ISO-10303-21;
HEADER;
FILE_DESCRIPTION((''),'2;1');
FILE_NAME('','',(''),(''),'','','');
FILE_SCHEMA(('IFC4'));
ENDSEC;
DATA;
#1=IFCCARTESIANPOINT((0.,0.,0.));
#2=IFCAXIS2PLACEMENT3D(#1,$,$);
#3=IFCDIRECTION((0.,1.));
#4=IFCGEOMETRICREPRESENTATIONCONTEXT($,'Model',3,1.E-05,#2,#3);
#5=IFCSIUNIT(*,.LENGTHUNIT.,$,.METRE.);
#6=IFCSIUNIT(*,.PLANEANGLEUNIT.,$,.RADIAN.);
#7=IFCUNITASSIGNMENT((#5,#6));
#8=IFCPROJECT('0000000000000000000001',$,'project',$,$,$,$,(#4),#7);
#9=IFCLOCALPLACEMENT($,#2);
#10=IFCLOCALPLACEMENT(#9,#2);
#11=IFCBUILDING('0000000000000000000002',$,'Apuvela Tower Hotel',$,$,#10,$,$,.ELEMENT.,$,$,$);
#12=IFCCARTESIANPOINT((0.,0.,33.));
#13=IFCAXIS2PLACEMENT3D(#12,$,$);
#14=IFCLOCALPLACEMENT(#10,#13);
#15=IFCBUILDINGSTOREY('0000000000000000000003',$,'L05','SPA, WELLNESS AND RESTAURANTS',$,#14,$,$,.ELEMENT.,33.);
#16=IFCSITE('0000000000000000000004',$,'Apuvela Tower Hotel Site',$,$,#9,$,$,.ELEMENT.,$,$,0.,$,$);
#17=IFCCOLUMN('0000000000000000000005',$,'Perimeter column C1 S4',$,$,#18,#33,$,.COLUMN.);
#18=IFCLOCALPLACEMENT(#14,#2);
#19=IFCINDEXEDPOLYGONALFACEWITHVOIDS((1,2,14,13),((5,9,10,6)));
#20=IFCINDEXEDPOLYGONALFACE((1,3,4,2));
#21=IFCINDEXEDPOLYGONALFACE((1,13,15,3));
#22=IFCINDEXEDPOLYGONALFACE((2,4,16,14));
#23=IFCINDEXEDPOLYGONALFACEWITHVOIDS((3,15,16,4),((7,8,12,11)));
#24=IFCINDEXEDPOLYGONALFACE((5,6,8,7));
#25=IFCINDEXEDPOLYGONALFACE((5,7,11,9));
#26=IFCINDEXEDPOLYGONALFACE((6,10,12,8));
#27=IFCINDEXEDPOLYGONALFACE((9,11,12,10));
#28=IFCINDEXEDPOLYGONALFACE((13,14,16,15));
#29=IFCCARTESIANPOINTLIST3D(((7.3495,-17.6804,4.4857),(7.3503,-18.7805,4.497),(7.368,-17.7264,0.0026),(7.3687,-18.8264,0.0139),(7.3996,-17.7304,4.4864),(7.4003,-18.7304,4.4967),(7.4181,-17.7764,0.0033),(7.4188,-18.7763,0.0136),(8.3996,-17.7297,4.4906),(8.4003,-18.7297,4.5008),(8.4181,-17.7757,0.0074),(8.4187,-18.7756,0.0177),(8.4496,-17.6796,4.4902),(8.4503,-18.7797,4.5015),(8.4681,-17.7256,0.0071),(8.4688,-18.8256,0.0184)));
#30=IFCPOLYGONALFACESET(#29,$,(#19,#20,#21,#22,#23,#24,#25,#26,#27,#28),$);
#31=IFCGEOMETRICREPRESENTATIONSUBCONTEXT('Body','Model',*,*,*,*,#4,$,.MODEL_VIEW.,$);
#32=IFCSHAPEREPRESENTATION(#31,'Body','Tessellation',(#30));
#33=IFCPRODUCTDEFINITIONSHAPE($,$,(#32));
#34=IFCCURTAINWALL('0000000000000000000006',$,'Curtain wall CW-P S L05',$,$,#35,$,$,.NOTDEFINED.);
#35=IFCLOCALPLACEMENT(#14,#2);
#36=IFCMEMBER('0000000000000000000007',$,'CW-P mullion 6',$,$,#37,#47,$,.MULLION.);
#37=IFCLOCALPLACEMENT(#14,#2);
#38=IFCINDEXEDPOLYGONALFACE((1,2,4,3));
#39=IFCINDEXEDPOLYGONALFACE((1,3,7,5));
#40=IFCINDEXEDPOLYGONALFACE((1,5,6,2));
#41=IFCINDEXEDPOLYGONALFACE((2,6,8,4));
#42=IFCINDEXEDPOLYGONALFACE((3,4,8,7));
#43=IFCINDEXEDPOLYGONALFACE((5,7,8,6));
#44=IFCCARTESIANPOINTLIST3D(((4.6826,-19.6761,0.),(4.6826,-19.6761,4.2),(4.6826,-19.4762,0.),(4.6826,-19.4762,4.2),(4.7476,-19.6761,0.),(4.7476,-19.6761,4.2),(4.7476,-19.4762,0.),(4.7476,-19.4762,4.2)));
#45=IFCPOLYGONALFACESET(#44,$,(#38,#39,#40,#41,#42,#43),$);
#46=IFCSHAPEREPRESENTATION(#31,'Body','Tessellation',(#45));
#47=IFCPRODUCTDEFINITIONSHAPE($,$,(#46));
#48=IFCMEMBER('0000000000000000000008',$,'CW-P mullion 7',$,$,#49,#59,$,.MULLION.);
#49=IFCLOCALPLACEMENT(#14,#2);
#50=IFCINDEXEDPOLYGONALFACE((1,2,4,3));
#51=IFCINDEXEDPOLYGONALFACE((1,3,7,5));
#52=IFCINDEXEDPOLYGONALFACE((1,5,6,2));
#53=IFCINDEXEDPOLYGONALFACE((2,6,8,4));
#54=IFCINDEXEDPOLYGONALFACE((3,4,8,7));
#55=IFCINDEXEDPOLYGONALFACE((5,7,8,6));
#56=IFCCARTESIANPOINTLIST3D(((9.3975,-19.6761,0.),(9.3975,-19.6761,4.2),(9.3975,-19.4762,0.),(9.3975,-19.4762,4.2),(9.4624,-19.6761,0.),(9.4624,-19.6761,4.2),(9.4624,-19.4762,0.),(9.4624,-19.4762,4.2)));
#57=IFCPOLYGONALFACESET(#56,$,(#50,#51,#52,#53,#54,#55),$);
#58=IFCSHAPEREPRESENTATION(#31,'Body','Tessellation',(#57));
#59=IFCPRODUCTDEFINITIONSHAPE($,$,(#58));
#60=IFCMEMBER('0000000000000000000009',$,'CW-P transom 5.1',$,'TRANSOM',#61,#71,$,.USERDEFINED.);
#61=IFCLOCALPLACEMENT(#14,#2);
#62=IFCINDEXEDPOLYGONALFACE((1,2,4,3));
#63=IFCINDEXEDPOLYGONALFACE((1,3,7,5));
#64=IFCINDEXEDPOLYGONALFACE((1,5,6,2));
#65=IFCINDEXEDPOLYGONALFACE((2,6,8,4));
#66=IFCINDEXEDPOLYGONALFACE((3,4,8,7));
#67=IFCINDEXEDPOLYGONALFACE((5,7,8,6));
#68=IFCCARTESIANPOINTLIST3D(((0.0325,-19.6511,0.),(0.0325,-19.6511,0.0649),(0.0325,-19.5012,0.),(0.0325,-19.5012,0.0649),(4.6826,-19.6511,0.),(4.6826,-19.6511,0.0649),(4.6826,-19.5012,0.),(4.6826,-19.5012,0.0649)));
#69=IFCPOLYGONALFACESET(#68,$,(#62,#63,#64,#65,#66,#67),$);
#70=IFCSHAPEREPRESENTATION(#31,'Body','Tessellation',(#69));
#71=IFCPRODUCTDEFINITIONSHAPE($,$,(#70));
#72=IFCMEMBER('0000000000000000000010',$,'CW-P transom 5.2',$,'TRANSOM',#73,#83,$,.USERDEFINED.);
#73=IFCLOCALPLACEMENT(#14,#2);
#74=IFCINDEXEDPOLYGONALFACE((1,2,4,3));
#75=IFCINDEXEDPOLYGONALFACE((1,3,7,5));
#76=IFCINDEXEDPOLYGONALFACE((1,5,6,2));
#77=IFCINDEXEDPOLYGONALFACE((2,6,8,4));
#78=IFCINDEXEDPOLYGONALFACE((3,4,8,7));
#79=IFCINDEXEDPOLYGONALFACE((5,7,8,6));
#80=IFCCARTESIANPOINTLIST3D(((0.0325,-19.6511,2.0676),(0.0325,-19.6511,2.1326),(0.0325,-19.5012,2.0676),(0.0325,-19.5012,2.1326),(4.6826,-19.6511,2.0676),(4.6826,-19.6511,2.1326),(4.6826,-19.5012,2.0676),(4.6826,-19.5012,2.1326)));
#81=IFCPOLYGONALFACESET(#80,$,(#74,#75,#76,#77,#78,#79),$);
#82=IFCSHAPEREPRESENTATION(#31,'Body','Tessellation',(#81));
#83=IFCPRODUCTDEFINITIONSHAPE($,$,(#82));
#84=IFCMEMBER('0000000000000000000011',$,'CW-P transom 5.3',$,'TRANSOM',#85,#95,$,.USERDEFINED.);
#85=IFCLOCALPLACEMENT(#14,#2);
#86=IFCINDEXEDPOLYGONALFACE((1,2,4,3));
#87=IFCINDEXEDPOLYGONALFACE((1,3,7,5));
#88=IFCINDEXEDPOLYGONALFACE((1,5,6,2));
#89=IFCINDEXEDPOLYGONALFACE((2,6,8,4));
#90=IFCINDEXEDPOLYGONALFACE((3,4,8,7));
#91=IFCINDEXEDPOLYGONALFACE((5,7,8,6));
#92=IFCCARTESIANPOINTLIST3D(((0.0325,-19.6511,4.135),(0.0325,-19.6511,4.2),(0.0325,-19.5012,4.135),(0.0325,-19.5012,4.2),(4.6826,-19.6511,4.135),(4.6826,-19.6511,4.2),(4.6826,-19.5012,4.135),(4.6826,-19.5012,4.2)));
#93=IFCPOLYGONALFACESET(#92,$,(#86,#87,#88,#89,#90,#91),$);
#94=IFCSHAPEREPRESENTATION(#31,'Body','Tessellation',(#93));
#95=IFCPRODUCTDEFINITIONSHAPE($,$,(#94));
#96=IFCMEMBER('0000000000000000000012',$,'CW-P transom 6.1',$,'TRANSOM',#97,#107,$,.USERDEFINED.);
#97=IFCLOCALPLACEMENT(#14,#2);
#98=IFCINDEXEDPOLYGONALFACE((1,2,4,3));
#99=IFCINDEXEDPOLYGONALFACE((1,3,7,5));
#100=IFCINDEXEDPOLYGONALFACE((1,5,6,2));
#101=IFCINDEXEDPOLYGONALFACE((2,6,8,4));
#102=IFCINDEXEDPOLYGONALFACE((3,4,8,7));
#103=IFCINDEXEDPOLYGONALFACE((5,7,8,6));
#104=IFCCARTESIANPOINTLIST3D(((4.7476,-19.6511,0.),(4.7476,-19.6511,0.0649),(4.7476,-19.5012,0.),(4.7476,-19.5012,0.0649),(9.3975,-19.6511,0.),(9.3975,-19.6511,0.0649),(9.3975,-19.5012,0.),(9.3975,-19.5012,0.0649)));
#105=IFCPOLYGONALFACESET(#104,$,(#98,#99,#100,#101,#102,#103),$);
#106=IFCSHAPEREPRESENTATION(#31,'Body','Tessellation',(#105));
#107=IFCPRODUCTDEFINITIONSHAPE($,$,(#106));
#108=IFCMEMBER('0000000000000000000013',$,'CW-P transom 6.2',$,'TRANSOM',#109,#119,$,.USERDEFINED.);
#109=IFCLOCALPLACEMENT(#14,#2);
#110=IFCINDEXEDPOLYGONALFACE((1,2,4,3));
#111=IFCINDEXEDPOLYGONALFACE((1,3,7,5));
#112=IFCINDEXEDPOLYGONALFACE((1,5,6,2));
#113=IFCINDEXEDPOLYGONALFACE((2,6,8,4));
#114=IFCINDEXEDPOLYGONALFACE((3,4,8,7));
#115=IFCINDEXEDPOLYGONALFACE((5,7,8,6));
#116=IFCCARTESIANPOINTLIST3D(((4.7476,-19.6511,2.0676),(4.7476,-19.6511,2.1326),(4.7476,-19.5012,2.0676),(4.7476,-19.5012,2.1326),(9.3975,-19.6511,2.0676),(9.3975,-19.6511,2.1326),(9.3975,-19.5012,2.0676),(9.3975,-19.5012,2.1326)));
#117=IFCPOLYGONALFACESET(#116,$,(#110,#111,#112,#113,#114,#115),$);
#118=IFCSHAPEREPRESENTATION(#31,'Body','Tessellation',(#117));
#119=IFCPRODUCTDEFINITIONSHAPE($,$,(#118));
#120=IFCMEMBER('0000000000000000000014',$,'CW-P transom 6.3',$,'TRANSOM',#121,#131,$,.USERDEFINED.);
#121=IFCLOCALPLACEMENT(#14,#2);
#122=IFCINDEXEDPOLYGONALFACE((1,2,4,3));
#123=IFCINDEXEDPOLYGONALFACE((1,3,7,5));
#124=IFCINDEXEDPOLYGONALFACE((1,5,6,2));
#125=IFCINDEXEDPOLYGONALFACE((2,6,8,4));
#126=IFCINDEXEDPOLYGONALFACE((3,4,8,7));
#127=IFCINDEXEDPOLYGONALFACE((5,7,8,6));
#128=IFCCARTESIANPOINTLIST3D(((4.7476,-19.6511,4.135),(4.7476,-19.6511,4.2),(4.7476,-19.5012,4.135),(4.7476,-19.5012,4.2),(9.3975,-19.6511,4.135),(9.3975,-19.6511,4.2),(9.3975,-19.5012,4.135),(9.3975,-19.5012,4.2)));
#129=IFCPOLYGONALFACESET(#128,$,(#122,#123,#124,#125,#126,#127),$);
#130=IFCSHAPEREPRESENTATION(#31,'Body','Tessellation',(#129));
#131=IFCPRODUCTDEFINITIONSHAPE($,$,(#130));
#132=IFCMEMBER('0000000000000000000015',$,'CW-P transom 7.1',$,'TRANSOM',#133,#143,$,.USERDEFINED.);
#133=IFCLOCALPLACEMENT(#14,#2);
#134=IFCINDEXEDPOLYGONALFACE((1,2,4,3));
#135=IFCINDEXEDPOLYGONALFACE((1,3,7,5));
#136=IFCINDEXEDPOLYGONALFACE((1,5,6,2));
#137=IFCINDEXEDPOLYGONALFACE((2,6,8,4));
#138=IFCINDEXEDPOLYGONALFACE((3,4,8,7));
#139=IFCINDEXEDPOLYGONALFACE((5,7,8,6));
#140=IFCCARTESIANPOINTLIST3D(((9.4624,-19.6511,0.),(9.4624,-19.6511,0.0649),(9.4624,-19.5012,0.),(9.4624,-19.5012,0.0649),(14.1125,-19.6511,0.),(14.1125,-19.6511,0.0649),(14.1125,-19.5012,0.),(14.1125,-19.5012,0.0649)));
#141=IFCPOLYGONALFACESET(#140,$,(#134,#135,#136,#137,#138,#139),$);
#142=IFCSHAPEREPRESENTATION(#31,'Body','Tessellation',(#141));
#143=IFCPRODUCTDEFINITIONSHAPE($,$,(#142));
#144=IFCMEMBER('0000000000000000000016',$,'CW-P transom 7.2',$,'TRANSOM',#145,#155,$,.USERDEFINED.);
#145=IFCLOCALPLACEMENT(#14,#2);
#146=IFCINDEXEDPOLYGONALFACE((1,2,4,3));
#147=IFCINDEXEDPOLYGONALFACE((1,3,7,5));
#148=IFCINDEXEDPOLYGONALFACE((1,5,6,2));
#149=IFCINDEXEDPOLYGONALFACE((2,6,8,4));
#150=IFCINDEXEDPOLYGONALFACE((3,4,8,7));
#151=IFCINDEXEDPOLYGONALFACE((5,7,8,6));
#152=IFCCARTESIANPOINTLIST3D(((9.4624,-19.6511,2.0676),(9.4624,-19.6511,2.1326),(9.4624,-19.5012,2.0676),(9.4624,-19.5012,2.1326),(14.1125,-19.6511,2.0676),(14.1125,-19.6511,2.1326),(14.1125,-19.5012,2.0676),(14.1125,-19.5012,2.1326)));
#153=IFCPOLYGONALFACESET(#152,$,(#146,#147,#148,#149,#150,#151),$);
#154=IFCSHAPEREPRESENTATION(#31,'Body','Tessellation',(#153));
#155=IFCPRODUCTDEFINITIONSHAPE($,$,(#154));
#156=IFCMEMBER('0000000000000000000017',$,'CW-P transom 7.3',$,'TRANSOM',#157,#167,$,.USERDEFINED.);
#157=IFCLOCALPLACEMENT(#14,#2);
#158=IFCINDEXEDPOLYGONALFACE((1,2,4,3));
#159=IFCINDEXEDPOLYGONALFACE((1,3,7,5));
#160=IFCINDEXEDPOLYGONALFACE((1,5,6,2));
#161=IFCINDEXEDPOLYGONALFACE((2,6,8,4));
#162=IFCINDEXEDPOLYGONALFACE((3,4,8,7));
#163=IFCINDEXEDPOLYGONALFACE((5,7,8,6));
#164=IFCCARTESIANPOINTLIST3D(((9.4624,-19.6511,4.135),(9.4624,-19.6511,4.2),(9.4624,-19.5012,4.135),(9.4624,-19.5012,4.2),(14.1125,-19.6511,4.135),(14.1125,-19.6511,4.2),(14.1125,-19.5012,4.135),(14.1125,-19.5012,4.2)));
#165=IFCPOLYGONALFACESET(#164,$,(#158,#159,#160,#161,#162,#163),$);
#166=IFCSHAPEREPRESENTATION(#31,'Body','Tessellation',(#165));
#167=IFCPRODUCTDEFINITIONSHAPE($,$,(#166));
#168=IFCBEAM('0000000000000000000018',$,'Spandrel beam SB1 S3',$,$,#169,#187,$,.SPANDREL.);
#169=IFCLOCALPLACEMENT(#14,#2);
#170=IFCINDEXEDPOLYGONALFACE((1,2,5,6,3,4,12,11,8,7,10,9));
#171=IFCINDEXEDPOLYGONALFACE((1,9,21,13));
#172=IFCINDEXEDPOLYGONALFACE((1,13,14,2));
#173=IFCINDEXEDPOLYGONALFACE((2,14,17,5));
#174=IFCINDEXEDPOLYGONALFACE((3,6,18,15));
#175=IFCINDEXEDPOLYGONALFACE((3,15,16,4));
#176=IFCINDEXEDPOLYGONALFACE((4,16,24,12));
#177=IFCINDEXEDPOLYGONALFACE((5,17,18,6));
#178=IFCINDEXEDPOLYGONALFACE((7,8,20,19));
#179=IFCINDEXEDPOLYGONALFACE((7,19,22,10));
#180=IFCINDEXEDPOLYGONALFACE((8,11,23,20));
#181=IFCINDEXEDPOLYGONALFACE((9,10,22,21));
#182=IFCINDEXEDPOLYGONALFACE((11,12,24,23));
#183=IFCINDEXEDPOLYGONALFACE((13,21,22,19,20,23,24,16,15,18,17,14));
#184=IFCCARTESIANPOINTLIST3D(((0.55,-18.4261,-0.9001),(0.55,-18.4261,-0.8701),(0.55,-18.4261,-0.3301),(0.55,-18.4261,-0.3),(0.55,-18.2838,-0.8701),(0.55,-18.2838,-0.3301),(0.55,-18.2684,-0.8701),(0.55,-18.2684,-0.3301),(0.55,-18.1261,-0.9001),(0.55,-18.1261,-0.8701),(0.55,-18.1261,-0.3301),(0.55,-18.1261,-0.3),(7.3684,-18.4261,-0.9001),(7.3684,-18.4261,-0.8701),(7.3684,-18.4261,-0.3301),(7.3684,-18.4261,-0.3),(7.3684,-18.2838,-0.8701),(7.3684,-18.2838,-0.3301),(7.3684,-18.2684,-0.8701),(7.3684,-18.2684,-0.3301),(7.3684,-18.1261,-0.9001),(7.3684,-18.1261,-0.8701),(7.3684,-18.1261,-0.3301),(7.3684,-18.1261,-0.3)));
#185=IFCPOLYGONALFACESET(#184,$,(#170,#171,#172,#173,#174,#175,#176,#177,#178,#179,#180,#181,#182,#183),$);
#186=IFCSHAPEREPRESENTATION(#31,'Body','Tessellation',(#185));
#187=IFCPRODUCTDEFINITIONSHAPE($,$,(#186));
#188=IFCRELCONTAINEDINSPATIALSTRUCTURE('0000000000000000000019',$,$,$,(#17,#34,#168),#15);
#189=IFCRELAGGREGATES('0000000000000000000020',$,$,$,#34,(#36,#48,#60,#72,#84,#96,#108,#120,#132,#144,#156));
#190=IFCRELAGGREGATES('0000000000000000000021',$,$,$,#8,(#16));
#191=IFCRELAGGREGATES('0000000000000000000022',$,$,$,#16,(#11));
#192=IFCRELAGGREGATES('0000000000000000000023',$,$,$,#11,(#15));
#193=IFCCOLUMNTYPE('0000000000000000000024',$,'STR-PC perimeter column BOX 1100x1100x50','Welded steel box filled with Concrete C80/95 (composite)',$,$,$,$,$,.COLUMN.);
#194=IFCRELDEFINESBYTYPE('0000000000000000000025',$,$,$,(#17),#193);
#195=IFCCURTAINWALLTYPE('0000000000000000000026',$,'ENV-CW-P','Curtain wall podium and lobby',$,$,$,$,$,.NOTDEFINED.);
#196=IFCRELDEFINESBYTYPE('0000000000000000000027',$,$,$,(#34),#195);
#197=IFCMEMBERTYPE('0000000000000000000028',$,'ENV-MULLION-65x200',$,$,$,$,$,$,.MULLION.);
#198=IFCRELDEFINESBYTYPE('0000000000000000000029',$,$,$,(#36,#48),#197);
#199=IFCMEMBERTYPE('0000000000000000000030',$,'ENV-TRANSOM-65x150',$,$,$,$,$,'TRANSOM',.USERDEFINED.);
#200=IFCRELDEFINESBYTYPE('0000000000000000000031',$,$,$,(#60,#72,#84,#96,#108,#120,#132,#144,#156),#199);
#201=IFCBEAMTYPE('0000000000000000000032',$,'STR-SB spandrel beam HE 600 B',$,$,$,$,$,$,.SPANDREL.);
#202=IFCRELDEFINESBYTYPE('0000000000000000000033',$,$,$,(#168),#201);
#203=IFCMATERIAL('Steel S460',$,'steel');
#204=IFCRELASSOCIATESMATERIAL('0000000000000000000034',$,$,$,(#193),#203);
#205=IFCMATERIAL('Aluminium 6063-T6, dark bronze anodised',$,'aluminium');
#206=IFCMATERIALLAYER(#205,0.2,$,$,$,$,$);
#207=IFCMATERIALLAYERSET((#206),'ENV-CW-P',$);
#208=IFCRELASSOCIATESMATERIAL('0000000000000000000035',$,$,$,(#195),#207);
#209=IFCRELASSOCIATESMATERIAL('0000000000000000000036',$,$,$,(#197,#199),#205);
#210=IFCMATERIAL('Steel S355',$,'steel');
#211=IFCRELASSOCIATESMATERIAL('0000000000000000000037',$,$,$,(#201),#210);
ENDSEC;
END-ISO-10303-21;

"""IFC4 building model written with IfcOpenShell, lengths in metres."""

from ifc_helpers import new_model, si_unit, direction, frame, origin, origin_2d, place, context, subcontext, project, spatial, rectangle, hollow_rectangle, i_section, extrude, boolean, halfspace, material, layer, layer_set, material_profile, profile_set, type_object, element, aggregate, save


model = new_model("IFC4")

# Units and contexts
model_context = context("Model", 3, precision=1e-05, world=origin(), true_north=direction((0.0, 1.0)))
body_context = subcontext(model_context, "Body", "Model", "MODEL_VIEW")
ifc_project = project(units=[si_unit("LENGTHUNIT", "METRE"), si_unit("PLANEANGLEUNIT", "RADIAN")], contexts=[model_context])

# Site, building, storey
site_placement = place(None, origin())
site = spatial("IfcSite", under=ifc_project, at=site_placement, Name="Apuvela Tower Hotel Site", CompositionType="ELEMENT", RefElevation=0.0)
building_placement = place(site_placement, origin())
building = spatial("IfcBuilding", under=site, at=building_placement, Name="Apuvela Tower Hotel", CompositionType="ELEMENT")
storey_placement = place(building_placement, frame((0.0, 0.0, 33.0)))
storey = spatial("IfcBuildingStorey", under=building, at=storey_placement, Name="L05", Description="SPA, WELLNESS AND RESTAURANTS", CompositionType="ELEMENT", Elevation=33.0)

# Column
ifc_material_1 = material(Name="Steel S460", Category="steel")
ifc_material_profile_1 = material_profile(ifc_material_1, hollow_rectangle(XDim=1.1001, YDim=1.1001, WallThickness=0.05, at=origin_2d()), Name="BOX 1100x1100x50")
ifc_material_2 = material(Name="Concrete C80/95", Category="concrete")
ifc_material_profile_2 = material_profile(ifc_material_2, rectangle(XDim=1.0, YDim=1.0, at=origin_2d()), Name="Concrete C80/95 infill")
ifc_profile_set_1 = profile_set([ifc_material_profile_1, ifc_material_profile_2], Name="Steel S460")
column_type = type_object("IfcColumnType", Name="STR-PC perimeter column BOX 1100x1100x50", Description="Welded steel box filled with Concrete C80/95 (composite)", PredefinedType="COLUMN", material=ifc_profile_set_1)
column_placement = place(storey_placement, frame((7.9185, -18.2761, 0.0), z_axis=(-0.004123, 0.010253, 0.999939), x_axis=(0.999991, 0.000717, 0.004116)))
element("IfcColumn", 1, at=column_placement, inside=storey, type_object=column_type, Name="Perimeter column C1 S4", PredefinedType="COLUMN", context=body_context, shape_type="SweptSolid", body=[
    boolean("DIFFERENCE", boolean("DIFFERENCE", extrude(hollow_rectangle(XDim=1.1001, YDim=1.1001, WallThickness=0.05, at=origin_2d()), origin(), (0.0, 0.0, 1.0), 4.5002), halfspace(frame((0.0, 0.0, 0.0105), z_axis=(0.0, 0.0, 1.0), x_axis=(1.0, 0.0, 0.0)), True)), halfspace(frame((0.0, 0.0, 4.4939), z_axis=(0.0, 0.0, 1.0), x_axis=(1.0, 0.0, 0.0)), False)),
])

# Curtain wall, members
ifc_material_3 = material(Name="Aluminium 6063-T6, dark bronze anodised", Category="aluminium")
ifc_layer_1 = layer(ifc_material_3, 0.2)
ifc_layer_set_1 = layer_set([ifc_layer_1], Name="ENV-CW-P")
curtain_wall_type = type_object("IfcCurtainWallType", Name="ENV-CW-P", Description="Curtain wall podium and lobby", PredefinedType="NOTDEFINED", material=ifc_layer_set_1)
curtain_wall_placement = place(storey_placement, origin())
curtain_wall = element("IfcCurtainWall", 2, at=curtain_wall_placement, inside=storey, type_object=curtain_wall_type, Name="Curtain wall CW-P S L05", PredefinedType="NOTDEFINED")
ifc_material_profile_3 = material_profile(ifc_material_3, rectangle(XDim=0.2, YDim=0.0649, at=origin_2d()), Name="AL 65x200")
ifc_profile_set_2 = profile_set([ifc_material_profile_3], Name="Aluminium 6063-T6, dark bronze anodised")
member_type_1 = type_object("IfcMemberType", Name="ENV-MULLION-65x200", PredefinedType="MULLION", material=ifc_profile_set_2)
member_1_placement = place(storey_placement, frame((4.7151, -19.5762, 0.0), z_axis=(0.0, 0.0, 1.0), x_axis=(0.0, 1.0, 0.0)))
member_1 = element("IfcMember", 3, at=member_1_placement, type_object=member_type_1, Name="CW-P mullion 6", PredefinedType="MULLION", context=body_context, shape_type="SweptSolid", body=[
    extrude(rectangle(XDim=0.2, YDim=0.0649, at=origin_2d()), origin(), (0.0, 0.0, 1.0), 4.2),
])
member_2_placement = place(storey_placement, frame((9.4299, -19.5762, 0.0), z_axis=(0.0, 0.0, 1.0), x_axis=(0.0, 1.0, 0.0)))
member_2 = element("IfcMember", 4, at=member_2_placement, type_object=member_type_1, Name="CW-P mullion 7", PredefinedType="MULLION", context=body_context, shape_type="SweptSolid", body=[
    extrude(rectangle(XDim=0.2, YDim=0.0649, at=origin_2d()), origin(), (0.0, 0.0, 1.0), 4.2),
])
ifc_material_profile_4 = material_profile(ifc_material_3, rectangle(XDim=0.1499, YDim=0.0649, at=origin_2d()), Name="AL 65x150 transom")
ifc_profile_set_3 = profile_set([ifc_material_profile_4], Name="Aluminium 6063-T6, dark bronze anodised")
member_type_2 = type_object("IfcMemberType", Name="ENV-TRANSOM-65x150", ElementType="TRANSOM", PredefinedType="USERDEFINED", material=ifc_profile_set_3)
member_3_placement = place(storey_placement, frame((0.0325, -19.5762, 0.0325), z_axis=(1.0, 0.0, 0.0), x_axis=(0.0, 1.0, 0.0)))
member_3 = element("IfcMember", 5, at=member_3_placement, type_object=member_type_2, Name="CW-P transom 5.1", ObjectType="TRANSOM", PredefinedType="USERDEFINED", context=body_context, shape_type="SweptSolid", body=[
    extrude(rectangle(XDim=0.1499, YDim=0.0649, at=origin_2d()), origin(), (0.0, 0.0, 1.0), 4.6501),
])
member_4_placement = place(storey_placement, frame((0.0325, -19.5762, 2.1001), z_axis=(1.0, 0.0, 0.0), x_axis=(0.0, 1.0, 0.0)))
member_4 = element("IfcMember", 6, at=member_4_placement, type_object=member_type_2, Name="CW-P transom 5.2", ObjectType="TRANSOM", PredefinedType="USERDEFINED", context=body_context, shape_type="SweptSolid", body=[
    extrude(rectangle(XDim=0.1499, YDim=0.0649, at=origin_2d()), origin(), (0.0, 0.0, 1.0), 4.6501),
])
member_5_placement = place(storey_placement, frame((0.0325, -19.5762, 4.1675), z_axis=(1.0, 0.0, 0.0), x_axis=(0.0, 1.0, 0.0)))
member_5 = element("IfcMember", 7, at=member_5_placement, type_object=member_type_2, Name="CW-P transom 5.3", ObjectType="TRANSOM", PredefinedType="USERDEFINED", context=body_context, shape_type="SweptSolid", body=[
    extrude(rectangle(XDim=0.1499, YDim=0.0649, at=origin_2d()), origin(), (0.0, 0.0, 1.0), 4.6501),
])
member_6_placement = place(storey_placement, frame((4.7476, -19.5762, 0.0325), z_axis=(1.0, 0.0, 0.0), x_axis=(0.0, 1.0, 0.0)))
member_6 = element("IfcMember", 8, at=member_6_placement, type_object=member_type_2, Name="CW-P transom 6.1", ObjectType="TRANSOM", PredefinedType="USERDEFINED", context=body_context, shape_type="SweptSolid", body=[
    extrude(rectangle(XDim=0.1499, YDim=0.0649, at=origin_2d()), origin(), (0.0, 0.0, 1.0), 4.6499),
])
member_7_placement = place(storey_placement, frame((4.7476, -19.5762, 2.1001), z_axis=(1.0, 0.0, 0.0), x_axis=(0.0, 1.0, 0.0)))
member_7 = element("IfcMember", 9, at=member_7_placement, type_object=member_type_2, Name="CW-P transom 6.2", ObjectType="TRANSOM", PredefinedType="USERDEFINED", context=body_context, shape_type="SweptSolid", body=[
    extrude(rectangle(XDim=0.1499, YDim=0.0649, at=origin_2d()), origin(), (0.0, 0.0, 1.0), 4.6499),
])
member_8_placement = place(storey_placement, frame((4.7476, -19.5762, 4.1675), z_axis=(1.0, 0.0, 0.0), x_axis=(0.0, 1.0, 0.0)))
member_8 = element("IfcMember", 10, at=member_8_placement, type_object=member_type_2, Name="CW-P transom 6.3", ObjectType="TRANSOM", PredefinedType="USERDEFINED", context=body_context, shape_type="SweptSolid", body=[
    extrude(rectangle(XDim=0.1499, YDim=0.0649, at=origin_2d()), origin(), (0.0, 0.0, 1.0), 4.6499),
])
member_9_placement = place(storey_placement, frame((9.4624, -19.5762, 0.0325), z_axis=(1.0, 0.0, 0.0), x_axis=(0.0, 1.0, 0.0)))
member_9 = element("IfcMember", 11, at=member_9_placement, type_object=member_type_2, Name="CW-P transom 7.1", ObjectType="TRANSOM", PredefinedType="USERDEFINED", context=body_context, shape_type="SweptSolid", body=[
    extrude(rectangle(XDim=0.1499, YDim=0.0649, at=origin_2d()), origin(), (0.0, 0.0, 1.0), 4.6501),
])
member_10_placement = place(storey_placement, frame((9.4624, -19.5762, 2.1001), z_axis=(1.0, 0.0, 0.0), x_axis=(0.0, 1.0, 0.0)))
member_10 = element("IfcMember", 12, at=member_10_placement, type_object=member_type_2, Name="CW-P transom 7.2", ObjectType="TRANSOM", PredefinedType="USERDEFINED", context=body_context, shape_type="SweptSolid", body=[
    extrude(rectangle(XDim=0.1499, YDim=0.0649, at=origin_2d()), origin(), (0.0, 0.0, 1.0), 4.6501),
])
member_11_placement = place(storey_placement, frame((9.4624, -19.5762, 4.1675), z_axis=(1.0, 0.0, 0.0), x_axis=(0.0, 1.0, 0.0)))
member_11 = element("IfcMember", 13, at=member_11_placement, type_object=member_type_2, Name="CW-P transom 7.3", ObjectType="TRANSOM", PredefinedType="USERDEFINED", context=body_context, shape_type="SweptSolid", body=[
    extrude(rectangle(XDim=0.1499, YDim=0.0649, at=origin_2d()), origin(), (0.0, 0.0, 1.0), 4.6501),
])

# Beam
ifc_material_4 = material(Name="Steel S355", Category="steel")
ifc_material_profile_5 = material_profile(ifc_material_4, i_section(OverallWidth=0.3, OverallDepth=0.6001, WebThickness=0.0154, FlangeThickness=0.03, at=origin_2d()), Name="HE 600 B")
ifc_profile_set_4 = profile_set([ifc_material_profile_5], Name="Steel S355")
beam_type = type_object("IfcBeamType", Name="STR-SB spandrel beam HE 600 B", PredefinedType="SPANDREL", material=ifc_profile_set_4)
beam_placement = place(storey_placement, frame((0.55, -18.2761, -0.6001), z_axis=(1.0, 0.0, 0.0), x_axis=(0.0, 1.0, 0.0)))
element("IfcBeam", 14, at=beam_placement, inside=storey, type_object=beam_type, Name="Spandrel beam SB1 S3", PredefinedType="SPANDREL", context=body_context, shape_type="SweptSolid", body=[
    extrude(i_section(OverallWidth=0.3, OverallDepth=0.6001, WebThickness=0.0154, FlangeThickness=0.03, at=origin_2d()), origin(), (0.0, 0.0, 1.0), 6.8184),
])

aggregate(curtain_wall, [member_1, member_2, member_3, member_4, member_5, member_6, member_7, member_8, member_9, member_10, member_11])

save(model, "model.ifc")
